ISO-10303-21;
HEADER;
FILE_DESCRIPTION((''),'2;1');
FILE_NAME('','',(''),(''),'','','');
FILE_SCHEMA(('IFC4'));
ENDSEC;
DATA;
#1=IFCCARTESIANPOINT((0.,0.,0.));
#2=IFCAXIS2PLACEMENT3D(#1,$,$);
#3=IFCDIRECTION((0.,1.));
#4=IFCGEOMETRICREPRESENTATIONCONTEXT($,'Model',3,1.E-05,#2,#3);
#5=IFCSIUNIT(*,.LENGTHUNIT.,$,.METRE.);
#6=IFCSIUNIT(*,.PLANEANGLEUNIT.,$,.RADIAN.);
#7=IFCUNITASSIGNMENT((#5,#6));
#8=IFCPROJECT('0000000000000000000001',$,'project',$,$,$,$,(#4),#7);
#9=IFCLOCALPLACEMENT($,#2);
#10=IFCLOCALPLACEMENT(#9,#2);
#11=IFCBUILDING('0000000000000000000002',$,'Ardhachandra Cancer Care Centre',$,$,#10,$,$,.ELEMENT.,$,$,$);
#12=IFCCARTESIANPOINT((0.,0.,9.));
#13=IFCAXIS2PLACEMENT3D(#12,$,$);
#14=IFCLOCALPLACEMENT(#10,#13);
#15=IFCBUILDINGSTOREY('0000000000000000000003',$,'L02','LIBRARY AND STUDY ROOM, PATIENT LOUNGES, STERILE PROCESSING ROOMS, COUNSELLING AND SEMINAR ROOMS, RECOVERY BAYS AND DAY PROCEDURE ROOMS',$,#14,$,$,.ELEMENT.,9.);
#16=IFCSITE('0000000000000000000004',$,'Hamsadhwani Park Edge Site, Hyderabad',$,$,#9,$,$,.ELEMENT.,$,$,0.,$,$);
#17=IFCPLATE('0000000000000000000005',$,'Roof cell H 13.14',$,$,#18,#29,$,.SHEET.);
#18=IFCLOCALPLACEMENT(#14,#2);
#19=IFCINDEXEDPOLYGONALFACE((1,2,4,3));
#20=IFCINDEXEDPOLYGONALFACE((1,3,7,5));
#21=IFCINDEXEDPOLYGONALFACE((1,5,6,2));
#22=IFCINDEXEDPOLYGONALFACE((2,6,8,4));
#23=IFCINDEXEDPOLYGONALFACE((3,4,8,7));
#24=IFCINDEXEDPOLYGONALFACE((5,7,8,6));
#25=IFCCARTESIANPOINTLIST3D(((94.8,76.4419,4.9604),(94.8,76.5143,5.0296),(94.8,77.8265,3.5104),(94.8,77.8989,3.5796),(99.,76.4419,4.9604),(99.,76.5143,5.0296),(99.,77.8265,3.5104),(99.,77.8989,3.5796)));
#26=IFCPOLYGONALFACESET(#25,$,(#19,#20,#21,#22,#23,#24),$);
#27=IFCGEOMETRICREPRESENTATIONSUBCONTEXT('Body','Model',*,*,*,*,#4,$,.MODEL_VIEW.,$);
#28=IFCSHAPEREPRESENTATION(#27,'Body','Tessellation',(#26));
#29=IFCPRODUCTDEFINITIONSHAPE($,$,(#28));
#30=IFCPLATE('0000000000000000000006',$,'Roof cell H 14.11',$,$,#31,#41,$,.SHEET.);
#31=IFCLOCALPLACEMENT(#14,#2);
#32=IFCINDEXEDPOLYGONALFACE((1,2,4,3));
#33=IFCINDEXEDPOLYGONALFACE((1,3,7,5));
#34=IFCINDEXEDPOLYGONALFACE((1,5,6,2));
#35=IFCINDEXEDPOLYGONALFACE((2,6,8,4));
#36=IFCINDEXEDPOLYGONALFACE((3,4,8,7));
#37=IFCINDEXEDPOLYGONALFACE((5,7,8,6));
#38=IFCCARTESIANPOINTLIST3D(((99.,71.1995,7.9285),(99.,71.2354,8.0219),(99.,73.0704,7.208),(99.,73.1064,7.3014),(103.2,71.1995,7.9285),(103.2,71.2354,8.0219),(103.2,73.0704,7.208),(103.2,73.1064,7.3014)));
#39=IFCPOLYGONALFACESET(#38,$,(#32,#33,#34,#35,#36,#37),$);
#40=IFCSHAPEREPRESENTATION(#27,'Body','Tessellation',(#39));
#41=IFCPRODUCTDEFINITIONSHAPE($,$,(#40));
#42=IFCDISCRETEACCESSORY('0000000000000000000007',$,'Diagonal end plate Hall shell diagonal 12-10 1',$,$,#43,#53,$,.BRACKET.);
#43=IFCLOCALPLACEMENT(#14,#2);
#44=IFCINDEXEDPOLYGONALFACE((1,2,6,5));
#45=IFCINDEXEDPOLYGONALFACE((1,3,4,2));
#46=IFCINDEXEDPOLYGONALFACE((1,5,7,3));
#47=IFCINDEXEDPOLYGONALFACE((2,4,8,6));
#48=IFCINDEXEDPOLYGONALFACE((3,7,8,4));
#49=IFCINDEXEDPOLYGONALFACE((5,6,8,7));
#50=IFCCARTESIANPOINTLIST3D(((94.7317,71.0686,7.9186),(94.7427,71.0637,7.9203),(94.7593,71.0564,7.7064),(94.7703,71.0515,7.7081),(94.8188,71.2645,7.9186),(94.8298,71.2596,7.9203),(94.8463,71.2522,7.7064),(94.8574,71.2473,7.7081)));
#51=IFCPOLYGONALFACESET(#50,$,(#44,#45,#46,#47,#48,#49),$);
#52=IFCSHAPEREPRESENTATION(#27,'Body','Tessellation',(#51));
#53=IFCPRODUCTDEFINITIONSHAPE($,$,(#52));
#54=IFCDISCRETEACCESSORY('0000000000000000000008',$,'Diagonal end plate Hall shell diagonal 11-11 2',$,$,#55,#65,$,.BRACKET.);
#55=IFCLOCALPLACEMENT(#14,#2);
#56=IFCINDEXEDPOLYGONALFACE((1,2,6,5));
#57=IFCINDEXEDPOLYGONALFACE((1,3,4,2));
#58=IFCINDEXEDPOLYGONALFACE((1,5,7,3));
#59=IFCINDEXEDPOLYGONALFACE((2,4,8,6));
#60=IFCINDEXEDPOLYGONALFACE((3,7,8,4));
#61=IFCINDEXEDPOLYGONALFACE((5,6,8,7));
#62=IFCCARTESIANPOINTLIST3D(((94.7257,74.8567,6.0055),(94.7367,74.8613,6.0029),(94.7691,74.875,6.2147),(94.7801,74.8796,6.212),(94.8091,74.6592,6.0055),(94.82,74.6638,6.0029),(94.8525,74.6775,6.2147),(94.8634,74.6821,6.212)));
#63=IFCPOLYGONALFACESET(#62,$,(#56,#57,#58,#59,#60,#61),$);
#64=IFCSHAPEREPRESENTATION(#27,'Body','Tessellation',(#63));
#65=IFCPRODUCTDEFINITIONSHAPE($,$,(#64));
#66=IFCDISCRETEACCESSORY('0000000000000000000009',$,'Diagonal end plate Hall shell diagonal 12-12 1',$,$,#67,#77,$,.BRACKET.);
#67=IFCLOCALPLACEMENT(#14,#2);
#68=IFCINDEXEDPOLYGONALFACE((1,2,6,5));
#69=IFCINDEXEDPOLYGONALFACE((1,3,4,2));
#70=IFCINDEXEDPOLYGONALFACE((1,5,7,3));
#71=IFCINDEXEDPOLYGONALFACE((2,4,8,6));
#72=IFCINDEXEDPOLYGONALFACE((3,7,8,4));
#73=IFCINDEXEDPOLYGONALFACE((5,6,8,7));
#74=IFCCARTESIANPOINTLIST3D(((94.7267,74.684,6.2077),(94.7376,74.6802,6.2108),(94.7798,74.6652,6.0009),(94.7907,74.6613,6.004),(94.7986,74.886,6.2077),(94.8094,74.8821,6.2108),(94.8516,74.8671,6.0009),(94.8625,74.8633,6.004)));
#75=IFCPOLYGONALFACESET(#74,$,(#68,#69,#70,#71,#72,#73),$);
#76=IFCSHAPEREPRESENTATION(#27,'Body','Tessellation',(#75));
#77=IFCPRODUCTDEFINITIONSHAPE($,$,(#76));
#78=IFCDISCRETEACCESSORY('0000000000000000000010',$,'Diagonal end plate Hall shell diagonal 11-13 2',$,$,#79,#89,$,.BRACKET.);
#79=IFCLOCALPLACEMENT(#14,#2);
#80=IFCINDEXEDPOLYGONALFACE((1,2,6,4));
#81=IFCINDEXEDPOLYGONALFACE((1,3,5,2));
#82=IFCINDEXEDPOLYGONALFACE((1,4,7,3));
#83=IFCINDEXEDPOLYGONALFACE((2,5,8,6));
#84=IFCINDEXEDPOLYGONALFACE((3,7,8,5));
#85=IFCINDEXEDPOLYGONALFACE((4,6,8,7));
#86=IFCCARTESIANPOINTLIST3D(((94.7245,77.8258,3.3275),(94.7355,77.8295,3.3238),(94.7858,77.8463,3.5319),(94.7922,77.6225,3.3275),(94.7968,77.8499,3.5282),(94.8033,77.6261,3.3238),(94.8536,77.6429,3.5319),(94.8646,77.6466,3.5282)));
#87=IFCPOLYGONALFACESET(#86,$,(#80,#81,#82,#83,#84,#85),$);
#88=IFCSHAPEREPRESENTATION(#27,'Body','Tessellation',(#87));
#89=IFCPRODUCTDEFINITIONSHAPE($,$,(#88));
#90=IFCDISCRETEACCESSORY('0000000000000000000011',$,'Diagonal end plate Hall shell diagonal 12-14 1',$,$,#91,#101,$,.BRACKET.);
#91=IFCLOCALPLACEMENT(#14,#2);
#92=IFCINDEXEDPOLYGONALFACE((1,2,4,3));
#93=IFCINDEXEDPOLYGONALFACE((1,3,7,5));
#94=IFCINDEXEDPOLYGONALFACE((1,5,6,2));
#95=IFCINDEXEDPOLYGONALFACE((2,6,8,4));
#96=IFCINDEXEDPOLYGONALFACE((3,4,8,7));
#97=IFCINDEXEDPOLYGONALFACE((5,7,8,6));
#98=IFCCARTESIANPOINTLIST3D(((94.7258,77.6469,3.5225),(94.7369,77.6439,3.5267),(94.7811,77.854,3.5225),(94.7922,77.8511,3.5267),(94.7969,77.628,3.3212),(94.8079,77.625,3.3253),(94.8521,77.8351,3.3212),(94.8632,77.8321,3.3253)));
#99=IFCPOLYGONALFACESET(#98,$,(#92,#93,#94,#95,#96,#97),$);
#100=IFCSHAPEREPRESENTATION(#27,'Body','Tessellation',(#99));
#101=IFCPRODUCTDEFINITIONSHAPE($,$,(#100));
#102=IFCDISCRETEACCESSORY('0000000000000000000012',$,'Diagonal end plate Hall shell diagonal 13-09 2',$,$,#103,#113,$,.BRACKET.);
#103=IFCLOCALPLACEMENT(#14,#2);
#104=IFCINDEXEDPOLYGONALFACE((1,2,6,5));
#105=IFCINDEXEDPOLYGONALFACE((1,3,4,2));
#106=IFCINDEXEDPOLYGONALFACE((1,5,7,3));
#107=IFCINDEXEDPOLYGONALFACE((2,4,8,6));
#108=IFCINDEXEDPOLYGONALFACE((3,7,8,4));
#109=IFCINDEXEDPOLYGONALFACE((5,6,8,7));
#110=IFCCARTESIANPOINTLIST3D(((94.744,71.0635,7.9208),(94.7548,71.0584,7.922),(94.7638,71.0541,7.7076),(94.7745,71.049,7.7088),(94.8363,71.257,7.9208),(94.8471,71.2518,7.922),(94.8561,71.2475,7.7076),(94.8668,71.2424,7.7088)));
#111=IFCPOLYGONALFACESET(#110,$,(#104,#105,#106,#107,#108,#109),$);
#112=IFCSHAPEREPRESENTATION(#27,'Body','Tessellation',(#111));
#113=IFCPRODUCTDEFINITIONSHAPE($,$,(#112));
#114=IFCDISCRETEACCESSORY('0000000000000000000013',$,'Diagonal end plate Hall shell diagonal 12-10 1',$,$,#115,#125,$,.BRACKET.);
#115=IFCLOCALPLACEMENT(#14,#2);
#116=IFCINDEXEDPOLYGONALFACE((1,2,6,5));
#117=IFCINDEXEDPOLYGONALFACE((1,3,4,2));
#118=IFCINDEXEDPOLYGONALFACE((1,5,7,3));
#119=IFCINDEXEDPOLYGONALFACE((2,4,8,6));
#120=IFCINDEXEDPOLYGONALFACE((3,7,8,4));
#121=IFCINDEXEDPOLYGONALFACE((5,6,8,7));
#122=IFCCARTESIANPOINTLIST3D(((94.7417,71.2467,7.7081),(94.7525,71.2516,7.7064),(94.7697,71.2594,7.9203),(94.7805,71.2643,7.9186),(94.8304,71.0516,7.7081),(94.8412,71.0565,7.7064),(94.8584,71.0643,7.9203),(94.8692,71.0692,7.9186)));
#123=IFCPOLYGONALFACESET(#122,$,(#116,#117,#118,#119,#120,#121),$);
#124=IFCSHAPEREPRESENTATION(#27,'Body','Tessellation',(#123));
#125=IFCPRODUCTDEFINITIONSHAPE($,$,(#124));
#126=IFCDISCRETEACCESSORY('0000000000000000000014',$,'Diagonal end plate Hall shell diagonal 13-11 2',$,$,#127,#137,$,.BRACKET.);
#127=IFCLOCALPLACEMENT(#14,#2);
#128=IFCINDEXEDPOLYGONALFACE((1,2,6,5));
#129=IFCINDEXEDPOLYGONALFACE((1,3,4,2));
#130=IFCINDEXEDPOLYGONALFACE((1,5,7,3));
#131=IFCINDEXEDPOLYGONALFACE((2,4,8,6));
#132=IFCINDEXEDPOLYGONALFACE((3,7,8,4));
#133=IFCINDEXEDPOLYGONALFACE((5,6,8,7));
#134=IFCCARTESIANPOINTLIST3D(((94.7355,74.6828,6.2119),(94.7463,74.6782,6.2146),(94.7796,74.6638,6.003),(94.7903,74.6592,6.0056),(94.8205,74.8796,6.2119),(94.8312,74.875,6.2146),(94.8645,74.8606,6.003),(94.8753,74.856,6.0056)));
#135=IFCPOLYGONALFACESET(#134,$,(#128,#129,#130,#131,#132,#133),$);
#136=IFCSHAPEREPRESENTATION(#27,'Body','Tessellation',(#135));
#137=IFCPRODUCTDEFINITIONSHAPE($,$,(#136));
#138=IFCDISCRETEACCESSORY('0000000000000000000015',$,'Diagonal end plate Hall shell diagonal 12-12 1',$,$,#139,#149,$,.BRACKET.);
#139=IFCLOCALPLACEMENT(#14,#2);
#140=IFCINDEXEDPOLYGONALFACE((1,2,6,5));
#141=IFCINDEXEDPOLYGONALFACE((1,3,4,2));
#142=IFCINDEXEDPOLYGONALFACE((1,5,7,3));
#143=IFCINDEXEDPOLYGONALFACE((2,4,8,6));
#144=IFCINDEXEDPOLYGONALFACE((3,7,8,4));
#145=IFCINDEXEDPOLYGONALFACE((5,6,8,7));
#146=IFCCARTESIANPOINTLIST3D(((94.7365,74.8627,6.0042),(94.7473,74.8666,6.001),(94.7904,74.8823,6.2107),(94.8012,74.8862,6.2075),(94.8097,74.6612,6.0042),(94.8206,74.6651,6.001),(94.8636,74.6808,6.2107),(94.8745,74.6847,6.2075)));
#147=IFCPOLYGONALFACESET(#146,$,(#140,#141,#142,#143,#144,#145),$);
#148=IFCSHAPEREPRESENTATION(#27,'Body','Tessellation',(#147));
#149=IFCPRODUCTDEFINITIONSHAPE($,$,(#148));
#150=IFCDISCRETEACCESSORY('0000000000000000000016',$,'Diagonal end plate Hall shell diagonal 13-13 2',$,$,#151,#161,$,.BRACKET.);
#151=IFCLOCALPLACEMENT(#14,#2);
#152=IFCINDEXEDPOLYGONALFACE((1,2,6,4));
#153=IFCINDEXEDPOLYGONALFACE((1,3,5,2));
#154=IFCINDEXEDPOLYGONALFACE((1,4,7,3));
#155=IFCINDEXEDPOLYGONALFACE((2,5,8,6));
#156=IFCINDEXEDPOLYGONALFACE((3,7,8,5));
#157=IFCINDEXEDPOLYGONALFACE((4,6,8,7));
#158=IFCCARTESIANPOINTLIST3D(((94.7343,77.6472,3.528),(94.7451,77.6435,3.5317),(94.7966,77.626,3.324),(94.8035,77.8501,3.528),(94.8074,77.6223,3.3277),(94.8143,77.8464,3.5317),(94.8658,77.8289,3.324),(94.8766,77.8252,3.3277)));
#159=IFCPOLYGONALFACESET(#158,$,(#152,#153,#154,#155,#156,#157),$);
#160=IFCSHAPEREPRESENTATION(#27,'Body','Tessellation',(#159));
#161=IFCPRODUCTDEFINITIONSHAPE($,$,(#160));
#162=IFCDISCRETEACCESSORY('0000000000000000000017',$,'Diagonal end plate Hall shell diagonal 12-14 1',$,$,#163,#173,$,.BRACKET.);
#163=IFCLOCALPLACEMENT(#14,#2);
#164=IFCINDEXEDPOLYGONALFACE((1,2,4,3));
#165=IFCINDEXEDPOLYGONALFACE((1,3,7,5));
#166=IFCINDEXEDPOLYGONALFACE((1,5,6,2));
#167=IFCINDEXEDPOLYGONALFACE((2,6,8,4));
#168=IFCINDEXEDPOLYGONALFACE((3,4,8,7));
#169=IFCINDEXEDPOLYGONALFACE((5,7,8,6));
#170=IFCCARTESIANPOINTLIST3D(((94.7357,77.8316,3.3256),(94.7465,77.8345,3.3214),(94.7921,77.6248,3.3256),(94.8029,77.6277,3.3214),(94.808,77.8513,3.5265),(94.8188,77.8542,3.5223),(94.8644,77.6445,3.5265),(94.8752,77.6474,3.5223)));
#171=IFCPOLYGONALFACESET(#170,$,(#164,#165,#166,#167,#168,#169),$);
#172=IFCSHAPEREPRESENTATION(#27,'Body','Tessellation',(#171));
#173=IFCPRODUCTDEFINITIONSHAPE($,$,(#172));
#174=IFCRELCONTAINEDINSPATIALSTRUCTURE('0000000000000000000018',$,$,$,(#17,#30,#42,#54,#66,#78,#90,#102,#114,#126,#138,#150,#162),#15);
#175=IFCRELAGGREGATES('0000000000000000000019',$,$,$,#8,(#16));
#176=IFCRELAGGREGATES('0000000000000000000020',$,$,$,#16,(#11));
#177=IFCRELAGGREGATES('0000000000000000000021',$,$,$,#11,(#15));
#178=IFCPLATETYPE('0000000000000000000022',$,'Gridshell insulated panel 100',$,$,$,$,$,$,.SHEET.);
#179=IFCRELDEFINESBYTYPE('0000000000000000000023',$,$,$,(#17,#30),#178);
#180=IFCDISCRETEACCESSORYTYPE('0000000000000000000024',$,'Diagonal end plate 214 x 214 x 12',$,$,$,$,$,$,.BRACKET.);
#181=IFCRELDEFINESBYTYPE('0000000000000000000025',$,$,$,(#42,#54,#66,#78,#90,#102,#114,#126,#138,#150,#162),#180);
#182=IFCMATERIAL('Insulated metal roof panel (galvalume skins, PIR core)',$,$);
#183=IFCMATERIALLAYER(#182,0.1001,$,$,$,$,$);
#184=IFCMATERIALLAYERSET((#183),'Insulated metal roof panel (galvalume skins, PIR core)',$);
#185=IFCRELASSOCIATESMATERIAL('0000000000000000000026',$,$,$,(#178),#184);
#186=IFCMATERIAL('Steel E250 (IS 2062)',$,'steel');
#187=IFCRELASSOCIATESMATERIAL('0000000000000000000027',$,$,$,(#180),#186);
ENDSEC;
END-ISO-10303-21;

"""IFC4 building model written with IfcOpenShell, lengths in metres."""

from ifc_helpers import new_model, si_unit, direction, frame, origin, origin_2d, place, context, subcontext, project, spatial, polyline, rectangle, outline, extrude, material, layer, layer_set, material_profile, profile_set, type_object, element, save


model = new_model("IFC4")

# Units and contexts
model_context = context("Model", 3, precision=1e-05, world=origin(), true_north=direction((0.0, 1.0)))
body_context = subcontext(model_context, "Body", "Model", "MODEL_VIEW")
ifc_project = project(units=[si_unit("LENGTHUNIT", "METRE"), si_unit("PLANEANGLEUNIT", "RADIAN")], contexts=[model_context])

# Site, building, storey
site_placement = place(None, origin())
site = spatial("IfcSite", under=ifc_project, at=site_placement, Name="Hamsadhwani Park Edge Site, Hyderabad", CompositionType="ELEMENT", RefElevation=0.0)
building_placement = place(site_placement, origin())
building = spatial("IfcBuilding", under=site, at=building_placement, Name="Ardhachandra Cancer Care Centre", CompositionType="ELEMENT")
storey_placement = place(building_placement, frame((0.0, 0.0, 9.0)))
storey = spatial("IfcBuildingStorey", under=building, at=storey_placement, Name="L02", Description="LIBRARY AND STUDY ROOM, PATIENT LOUNGES, STERILE PROCESSING ROOMS, COUNSELLING AND SEMINAR ROOMS, RECOVERY BAYS AND DAY PROCEDURE ROOMS", CompositionType="ELEMENT", Elevation=9.0)

# Plates
ifc_material_1 = material(Name="Insulated metal roof panel (galvalume skins, PIR core)")
ifc_layer = layer(ifc_material_1, 0.1001)
ifc_layer_set = layer_set([ifc_layer], Name="Insulated metal roof panel (galvalume skins, PIR core)")
plate_type = type_object("IfcPlateType", Name="Gridshell insulated panel 100", PredefinedType="SHEET", material=ifc_layer_set)
for number, where, z_axis, x_axis, name in (
    (1, (94.8, 76.4419, 4.9604), (0.0, 0.723237, 0.6906), (1.0, 0.0, 0.0), "Roof cell H 13.14"),
    (2, (99.0, 71.1995, 7.9285), (0.0, 0.359371, 0.933195), (1.0, 0.0, 0.0), "Roof cell H 14.11"),
):
    element("IfcPlate", number, at=place(storey_placement, frame(where, z_axis=z_axis, x_axis=x_axis)), inside=storey, type_object=plate_type, Name=name, PredefinedType="SHEET", context=body_context, shape_type="SweptSolid", body=[
        extrude(outline(polyline([(0.0, 0.0), (4.2, 0.0), (4.2, 2.0049), (0.0, 2.0049), (0.0, 0.0)])), origin(), (0.0, 0.0, 1.0), 0.1001),
    ])

# Discrete accessories
ifc_material_2 = material(Name="Steel E250 (IS 2062)", Category="steel")
ifc_material_profile_1 = material_profile(ifc_material_2, rectangle(XDim=0.2144, YDim=0.2144, at=origin_2d()), Name="PL 214x214x12")
ifc_profile_set_1 = profile_set([ifc_material_profile_1], Name="Steel E250 (IS 2062)")
discrete_accessory_type = type_object("IfcDiscreteAccessoryType", Name="Diagonal end plate 214 x 214 x 12", PredefinedType="BRACKET", material=ifc_profile_set_1)
for number, where, z_axis, x_axis, name in (
    (3, (94.8, 71.1555, 7.8142), (-0.904717, 0.402096, -0.140734), (-0.406138, -0.913812, 0.0), "Diagonal end plate Hall shell diagonal 12-10 1"),
    (4, (94.8, 74.7717, 6.1074), (-0.898743, -0.379469, 0.219693), (0.388972, -0.92125, 0.0), "Diagonal end plate Hall shell diagonal 11-11 2"),
):
    element("IfcDiscreteAccessory", number, at=place(storey_placement, frame(where, z_axis=z_axis, x_axis=x_axis)), inside=storey, type_object=discrete_accessory_type, Name=name, PredefinedType="BRACKET", context=body_context, shape_type="SweptSolid", body=[
        extrude(rectangle(XDim=0.2144, YDim=0.2144, at=origin_2d()), origin(), (0.0, 0.0, 1.0), 0.0122),
    ])
discrete_accessory_placement = place(storey_placement, frame((94.8, 74.7717, 6.1074), z_axis=(-0.909137, 0.323249, -0.26264), x_axis=(-0.33501, -0.942215, 0.0)))
element("IfcDiscreteAccessory", 5, at=discrete_accessory_placement, inside=storey, type_object=discrete_accessory_type, Name="Diagonal end plate Hall shell diagonal 12-12 1", PredefinedType="BRACKET", context=body_context, shape_type="SweptSolid", body=[
    extrude(rectangle(XDim=0.2144, YDim=0.2144, at=origin_2d()), origin(), (0.0, 0.0, 1.0), 0.012),
])
for number, where, z_axis, x_axis, name in (
    (6, (94.8, 77.738, 3.426), (-0.904534, -0.301511, 0.301511), (0.316228, -0.948683, 0.0), "Diagonal end plate Hall shell diagonal 11-13 2"),
    (7, (94.8, 77.738, 3.426), (-0.907657, 0.242042, -0.342892), (-0.257663, -0.966235, 0.0), "Diagonal end plate Hall shell diagonal 12-14 1"),
):
    element("IfcDiscreteAccessory", number, at=place(storey_placement, frame(where, z_axis=z_axis, x_axis=x_axis)), inside=storey, type_object=discrete_accessory_type, Name=name, PredefinedType="BRACKET", context=body_context, shape_type="SweptSolid", body=[
        extrude(rectangle(XDim=0.2144, YDim=0.2144, at=origin_2d()), origin(), (0.0, 0.0, 1.0), 0.0122),
    ])
for number, where, z_axis, x_axis, name in (
    (8, (94.8, 71.1555, 7.8142), (0.897772, -0.428482, 0.10202), (0.43073, 0.902481, 0.0), "Diagonal end plate Hall shell diagonal 13-09 2"),
    (9, (94.8, 71.1555, 7.8142), (0.900966, 0.40953, -0.143336), (-0.413803, 0.910366, 0.0), "Diagonal end plate Hall shell diagonal 12-10 1"),
    (10, (94.8, 74.7717, 6.1074), (0.894797, -0.38639, 0.223699), (0.396436, 0.918062, 0.0), "Diagonal end plate Hall shell diagonal 13-11 2"),
    (11, (94.8, 74.7717, 6.1074), (0.905534, 0.329285, -0.267544), (-0.341743, 0.939793, 0.0), "Diagonal end plate Hall shell diagonal 12-12 1"),
    (12, (94.8, 77.738, 3.426), (0.900777, -0.307083, 0.307083), (0.322674, 0.94651, 0.0), "Diagonal end plate Hall shell diagonal 13-13 2"),
    (13, (94.8, 77.738, 3.426), (0.904004, 0.246546, -0.349274), (-0.263117, 0.964764, 0.0), "Diagonal end plate Hall shell diagonal 12-14 1"),
):
    element("IfcDiscreteAccessory", number, at=place(storey_placement, frame(where, z_axis=z_axis, x_axis=x_axis)), inside=storey, type_object=discrete_accessory_type, Name=name, PredefinedType="BRACKET", context=body_context, shape_type="SweptSolid", body=[
        extrude(rectangle(XDim=0.2144, YDim=0.2144, at=origin_2d()), origin(), (0.0, 0.0, 1.0), 0.012),
    ])

save(model, "model.ifc")
